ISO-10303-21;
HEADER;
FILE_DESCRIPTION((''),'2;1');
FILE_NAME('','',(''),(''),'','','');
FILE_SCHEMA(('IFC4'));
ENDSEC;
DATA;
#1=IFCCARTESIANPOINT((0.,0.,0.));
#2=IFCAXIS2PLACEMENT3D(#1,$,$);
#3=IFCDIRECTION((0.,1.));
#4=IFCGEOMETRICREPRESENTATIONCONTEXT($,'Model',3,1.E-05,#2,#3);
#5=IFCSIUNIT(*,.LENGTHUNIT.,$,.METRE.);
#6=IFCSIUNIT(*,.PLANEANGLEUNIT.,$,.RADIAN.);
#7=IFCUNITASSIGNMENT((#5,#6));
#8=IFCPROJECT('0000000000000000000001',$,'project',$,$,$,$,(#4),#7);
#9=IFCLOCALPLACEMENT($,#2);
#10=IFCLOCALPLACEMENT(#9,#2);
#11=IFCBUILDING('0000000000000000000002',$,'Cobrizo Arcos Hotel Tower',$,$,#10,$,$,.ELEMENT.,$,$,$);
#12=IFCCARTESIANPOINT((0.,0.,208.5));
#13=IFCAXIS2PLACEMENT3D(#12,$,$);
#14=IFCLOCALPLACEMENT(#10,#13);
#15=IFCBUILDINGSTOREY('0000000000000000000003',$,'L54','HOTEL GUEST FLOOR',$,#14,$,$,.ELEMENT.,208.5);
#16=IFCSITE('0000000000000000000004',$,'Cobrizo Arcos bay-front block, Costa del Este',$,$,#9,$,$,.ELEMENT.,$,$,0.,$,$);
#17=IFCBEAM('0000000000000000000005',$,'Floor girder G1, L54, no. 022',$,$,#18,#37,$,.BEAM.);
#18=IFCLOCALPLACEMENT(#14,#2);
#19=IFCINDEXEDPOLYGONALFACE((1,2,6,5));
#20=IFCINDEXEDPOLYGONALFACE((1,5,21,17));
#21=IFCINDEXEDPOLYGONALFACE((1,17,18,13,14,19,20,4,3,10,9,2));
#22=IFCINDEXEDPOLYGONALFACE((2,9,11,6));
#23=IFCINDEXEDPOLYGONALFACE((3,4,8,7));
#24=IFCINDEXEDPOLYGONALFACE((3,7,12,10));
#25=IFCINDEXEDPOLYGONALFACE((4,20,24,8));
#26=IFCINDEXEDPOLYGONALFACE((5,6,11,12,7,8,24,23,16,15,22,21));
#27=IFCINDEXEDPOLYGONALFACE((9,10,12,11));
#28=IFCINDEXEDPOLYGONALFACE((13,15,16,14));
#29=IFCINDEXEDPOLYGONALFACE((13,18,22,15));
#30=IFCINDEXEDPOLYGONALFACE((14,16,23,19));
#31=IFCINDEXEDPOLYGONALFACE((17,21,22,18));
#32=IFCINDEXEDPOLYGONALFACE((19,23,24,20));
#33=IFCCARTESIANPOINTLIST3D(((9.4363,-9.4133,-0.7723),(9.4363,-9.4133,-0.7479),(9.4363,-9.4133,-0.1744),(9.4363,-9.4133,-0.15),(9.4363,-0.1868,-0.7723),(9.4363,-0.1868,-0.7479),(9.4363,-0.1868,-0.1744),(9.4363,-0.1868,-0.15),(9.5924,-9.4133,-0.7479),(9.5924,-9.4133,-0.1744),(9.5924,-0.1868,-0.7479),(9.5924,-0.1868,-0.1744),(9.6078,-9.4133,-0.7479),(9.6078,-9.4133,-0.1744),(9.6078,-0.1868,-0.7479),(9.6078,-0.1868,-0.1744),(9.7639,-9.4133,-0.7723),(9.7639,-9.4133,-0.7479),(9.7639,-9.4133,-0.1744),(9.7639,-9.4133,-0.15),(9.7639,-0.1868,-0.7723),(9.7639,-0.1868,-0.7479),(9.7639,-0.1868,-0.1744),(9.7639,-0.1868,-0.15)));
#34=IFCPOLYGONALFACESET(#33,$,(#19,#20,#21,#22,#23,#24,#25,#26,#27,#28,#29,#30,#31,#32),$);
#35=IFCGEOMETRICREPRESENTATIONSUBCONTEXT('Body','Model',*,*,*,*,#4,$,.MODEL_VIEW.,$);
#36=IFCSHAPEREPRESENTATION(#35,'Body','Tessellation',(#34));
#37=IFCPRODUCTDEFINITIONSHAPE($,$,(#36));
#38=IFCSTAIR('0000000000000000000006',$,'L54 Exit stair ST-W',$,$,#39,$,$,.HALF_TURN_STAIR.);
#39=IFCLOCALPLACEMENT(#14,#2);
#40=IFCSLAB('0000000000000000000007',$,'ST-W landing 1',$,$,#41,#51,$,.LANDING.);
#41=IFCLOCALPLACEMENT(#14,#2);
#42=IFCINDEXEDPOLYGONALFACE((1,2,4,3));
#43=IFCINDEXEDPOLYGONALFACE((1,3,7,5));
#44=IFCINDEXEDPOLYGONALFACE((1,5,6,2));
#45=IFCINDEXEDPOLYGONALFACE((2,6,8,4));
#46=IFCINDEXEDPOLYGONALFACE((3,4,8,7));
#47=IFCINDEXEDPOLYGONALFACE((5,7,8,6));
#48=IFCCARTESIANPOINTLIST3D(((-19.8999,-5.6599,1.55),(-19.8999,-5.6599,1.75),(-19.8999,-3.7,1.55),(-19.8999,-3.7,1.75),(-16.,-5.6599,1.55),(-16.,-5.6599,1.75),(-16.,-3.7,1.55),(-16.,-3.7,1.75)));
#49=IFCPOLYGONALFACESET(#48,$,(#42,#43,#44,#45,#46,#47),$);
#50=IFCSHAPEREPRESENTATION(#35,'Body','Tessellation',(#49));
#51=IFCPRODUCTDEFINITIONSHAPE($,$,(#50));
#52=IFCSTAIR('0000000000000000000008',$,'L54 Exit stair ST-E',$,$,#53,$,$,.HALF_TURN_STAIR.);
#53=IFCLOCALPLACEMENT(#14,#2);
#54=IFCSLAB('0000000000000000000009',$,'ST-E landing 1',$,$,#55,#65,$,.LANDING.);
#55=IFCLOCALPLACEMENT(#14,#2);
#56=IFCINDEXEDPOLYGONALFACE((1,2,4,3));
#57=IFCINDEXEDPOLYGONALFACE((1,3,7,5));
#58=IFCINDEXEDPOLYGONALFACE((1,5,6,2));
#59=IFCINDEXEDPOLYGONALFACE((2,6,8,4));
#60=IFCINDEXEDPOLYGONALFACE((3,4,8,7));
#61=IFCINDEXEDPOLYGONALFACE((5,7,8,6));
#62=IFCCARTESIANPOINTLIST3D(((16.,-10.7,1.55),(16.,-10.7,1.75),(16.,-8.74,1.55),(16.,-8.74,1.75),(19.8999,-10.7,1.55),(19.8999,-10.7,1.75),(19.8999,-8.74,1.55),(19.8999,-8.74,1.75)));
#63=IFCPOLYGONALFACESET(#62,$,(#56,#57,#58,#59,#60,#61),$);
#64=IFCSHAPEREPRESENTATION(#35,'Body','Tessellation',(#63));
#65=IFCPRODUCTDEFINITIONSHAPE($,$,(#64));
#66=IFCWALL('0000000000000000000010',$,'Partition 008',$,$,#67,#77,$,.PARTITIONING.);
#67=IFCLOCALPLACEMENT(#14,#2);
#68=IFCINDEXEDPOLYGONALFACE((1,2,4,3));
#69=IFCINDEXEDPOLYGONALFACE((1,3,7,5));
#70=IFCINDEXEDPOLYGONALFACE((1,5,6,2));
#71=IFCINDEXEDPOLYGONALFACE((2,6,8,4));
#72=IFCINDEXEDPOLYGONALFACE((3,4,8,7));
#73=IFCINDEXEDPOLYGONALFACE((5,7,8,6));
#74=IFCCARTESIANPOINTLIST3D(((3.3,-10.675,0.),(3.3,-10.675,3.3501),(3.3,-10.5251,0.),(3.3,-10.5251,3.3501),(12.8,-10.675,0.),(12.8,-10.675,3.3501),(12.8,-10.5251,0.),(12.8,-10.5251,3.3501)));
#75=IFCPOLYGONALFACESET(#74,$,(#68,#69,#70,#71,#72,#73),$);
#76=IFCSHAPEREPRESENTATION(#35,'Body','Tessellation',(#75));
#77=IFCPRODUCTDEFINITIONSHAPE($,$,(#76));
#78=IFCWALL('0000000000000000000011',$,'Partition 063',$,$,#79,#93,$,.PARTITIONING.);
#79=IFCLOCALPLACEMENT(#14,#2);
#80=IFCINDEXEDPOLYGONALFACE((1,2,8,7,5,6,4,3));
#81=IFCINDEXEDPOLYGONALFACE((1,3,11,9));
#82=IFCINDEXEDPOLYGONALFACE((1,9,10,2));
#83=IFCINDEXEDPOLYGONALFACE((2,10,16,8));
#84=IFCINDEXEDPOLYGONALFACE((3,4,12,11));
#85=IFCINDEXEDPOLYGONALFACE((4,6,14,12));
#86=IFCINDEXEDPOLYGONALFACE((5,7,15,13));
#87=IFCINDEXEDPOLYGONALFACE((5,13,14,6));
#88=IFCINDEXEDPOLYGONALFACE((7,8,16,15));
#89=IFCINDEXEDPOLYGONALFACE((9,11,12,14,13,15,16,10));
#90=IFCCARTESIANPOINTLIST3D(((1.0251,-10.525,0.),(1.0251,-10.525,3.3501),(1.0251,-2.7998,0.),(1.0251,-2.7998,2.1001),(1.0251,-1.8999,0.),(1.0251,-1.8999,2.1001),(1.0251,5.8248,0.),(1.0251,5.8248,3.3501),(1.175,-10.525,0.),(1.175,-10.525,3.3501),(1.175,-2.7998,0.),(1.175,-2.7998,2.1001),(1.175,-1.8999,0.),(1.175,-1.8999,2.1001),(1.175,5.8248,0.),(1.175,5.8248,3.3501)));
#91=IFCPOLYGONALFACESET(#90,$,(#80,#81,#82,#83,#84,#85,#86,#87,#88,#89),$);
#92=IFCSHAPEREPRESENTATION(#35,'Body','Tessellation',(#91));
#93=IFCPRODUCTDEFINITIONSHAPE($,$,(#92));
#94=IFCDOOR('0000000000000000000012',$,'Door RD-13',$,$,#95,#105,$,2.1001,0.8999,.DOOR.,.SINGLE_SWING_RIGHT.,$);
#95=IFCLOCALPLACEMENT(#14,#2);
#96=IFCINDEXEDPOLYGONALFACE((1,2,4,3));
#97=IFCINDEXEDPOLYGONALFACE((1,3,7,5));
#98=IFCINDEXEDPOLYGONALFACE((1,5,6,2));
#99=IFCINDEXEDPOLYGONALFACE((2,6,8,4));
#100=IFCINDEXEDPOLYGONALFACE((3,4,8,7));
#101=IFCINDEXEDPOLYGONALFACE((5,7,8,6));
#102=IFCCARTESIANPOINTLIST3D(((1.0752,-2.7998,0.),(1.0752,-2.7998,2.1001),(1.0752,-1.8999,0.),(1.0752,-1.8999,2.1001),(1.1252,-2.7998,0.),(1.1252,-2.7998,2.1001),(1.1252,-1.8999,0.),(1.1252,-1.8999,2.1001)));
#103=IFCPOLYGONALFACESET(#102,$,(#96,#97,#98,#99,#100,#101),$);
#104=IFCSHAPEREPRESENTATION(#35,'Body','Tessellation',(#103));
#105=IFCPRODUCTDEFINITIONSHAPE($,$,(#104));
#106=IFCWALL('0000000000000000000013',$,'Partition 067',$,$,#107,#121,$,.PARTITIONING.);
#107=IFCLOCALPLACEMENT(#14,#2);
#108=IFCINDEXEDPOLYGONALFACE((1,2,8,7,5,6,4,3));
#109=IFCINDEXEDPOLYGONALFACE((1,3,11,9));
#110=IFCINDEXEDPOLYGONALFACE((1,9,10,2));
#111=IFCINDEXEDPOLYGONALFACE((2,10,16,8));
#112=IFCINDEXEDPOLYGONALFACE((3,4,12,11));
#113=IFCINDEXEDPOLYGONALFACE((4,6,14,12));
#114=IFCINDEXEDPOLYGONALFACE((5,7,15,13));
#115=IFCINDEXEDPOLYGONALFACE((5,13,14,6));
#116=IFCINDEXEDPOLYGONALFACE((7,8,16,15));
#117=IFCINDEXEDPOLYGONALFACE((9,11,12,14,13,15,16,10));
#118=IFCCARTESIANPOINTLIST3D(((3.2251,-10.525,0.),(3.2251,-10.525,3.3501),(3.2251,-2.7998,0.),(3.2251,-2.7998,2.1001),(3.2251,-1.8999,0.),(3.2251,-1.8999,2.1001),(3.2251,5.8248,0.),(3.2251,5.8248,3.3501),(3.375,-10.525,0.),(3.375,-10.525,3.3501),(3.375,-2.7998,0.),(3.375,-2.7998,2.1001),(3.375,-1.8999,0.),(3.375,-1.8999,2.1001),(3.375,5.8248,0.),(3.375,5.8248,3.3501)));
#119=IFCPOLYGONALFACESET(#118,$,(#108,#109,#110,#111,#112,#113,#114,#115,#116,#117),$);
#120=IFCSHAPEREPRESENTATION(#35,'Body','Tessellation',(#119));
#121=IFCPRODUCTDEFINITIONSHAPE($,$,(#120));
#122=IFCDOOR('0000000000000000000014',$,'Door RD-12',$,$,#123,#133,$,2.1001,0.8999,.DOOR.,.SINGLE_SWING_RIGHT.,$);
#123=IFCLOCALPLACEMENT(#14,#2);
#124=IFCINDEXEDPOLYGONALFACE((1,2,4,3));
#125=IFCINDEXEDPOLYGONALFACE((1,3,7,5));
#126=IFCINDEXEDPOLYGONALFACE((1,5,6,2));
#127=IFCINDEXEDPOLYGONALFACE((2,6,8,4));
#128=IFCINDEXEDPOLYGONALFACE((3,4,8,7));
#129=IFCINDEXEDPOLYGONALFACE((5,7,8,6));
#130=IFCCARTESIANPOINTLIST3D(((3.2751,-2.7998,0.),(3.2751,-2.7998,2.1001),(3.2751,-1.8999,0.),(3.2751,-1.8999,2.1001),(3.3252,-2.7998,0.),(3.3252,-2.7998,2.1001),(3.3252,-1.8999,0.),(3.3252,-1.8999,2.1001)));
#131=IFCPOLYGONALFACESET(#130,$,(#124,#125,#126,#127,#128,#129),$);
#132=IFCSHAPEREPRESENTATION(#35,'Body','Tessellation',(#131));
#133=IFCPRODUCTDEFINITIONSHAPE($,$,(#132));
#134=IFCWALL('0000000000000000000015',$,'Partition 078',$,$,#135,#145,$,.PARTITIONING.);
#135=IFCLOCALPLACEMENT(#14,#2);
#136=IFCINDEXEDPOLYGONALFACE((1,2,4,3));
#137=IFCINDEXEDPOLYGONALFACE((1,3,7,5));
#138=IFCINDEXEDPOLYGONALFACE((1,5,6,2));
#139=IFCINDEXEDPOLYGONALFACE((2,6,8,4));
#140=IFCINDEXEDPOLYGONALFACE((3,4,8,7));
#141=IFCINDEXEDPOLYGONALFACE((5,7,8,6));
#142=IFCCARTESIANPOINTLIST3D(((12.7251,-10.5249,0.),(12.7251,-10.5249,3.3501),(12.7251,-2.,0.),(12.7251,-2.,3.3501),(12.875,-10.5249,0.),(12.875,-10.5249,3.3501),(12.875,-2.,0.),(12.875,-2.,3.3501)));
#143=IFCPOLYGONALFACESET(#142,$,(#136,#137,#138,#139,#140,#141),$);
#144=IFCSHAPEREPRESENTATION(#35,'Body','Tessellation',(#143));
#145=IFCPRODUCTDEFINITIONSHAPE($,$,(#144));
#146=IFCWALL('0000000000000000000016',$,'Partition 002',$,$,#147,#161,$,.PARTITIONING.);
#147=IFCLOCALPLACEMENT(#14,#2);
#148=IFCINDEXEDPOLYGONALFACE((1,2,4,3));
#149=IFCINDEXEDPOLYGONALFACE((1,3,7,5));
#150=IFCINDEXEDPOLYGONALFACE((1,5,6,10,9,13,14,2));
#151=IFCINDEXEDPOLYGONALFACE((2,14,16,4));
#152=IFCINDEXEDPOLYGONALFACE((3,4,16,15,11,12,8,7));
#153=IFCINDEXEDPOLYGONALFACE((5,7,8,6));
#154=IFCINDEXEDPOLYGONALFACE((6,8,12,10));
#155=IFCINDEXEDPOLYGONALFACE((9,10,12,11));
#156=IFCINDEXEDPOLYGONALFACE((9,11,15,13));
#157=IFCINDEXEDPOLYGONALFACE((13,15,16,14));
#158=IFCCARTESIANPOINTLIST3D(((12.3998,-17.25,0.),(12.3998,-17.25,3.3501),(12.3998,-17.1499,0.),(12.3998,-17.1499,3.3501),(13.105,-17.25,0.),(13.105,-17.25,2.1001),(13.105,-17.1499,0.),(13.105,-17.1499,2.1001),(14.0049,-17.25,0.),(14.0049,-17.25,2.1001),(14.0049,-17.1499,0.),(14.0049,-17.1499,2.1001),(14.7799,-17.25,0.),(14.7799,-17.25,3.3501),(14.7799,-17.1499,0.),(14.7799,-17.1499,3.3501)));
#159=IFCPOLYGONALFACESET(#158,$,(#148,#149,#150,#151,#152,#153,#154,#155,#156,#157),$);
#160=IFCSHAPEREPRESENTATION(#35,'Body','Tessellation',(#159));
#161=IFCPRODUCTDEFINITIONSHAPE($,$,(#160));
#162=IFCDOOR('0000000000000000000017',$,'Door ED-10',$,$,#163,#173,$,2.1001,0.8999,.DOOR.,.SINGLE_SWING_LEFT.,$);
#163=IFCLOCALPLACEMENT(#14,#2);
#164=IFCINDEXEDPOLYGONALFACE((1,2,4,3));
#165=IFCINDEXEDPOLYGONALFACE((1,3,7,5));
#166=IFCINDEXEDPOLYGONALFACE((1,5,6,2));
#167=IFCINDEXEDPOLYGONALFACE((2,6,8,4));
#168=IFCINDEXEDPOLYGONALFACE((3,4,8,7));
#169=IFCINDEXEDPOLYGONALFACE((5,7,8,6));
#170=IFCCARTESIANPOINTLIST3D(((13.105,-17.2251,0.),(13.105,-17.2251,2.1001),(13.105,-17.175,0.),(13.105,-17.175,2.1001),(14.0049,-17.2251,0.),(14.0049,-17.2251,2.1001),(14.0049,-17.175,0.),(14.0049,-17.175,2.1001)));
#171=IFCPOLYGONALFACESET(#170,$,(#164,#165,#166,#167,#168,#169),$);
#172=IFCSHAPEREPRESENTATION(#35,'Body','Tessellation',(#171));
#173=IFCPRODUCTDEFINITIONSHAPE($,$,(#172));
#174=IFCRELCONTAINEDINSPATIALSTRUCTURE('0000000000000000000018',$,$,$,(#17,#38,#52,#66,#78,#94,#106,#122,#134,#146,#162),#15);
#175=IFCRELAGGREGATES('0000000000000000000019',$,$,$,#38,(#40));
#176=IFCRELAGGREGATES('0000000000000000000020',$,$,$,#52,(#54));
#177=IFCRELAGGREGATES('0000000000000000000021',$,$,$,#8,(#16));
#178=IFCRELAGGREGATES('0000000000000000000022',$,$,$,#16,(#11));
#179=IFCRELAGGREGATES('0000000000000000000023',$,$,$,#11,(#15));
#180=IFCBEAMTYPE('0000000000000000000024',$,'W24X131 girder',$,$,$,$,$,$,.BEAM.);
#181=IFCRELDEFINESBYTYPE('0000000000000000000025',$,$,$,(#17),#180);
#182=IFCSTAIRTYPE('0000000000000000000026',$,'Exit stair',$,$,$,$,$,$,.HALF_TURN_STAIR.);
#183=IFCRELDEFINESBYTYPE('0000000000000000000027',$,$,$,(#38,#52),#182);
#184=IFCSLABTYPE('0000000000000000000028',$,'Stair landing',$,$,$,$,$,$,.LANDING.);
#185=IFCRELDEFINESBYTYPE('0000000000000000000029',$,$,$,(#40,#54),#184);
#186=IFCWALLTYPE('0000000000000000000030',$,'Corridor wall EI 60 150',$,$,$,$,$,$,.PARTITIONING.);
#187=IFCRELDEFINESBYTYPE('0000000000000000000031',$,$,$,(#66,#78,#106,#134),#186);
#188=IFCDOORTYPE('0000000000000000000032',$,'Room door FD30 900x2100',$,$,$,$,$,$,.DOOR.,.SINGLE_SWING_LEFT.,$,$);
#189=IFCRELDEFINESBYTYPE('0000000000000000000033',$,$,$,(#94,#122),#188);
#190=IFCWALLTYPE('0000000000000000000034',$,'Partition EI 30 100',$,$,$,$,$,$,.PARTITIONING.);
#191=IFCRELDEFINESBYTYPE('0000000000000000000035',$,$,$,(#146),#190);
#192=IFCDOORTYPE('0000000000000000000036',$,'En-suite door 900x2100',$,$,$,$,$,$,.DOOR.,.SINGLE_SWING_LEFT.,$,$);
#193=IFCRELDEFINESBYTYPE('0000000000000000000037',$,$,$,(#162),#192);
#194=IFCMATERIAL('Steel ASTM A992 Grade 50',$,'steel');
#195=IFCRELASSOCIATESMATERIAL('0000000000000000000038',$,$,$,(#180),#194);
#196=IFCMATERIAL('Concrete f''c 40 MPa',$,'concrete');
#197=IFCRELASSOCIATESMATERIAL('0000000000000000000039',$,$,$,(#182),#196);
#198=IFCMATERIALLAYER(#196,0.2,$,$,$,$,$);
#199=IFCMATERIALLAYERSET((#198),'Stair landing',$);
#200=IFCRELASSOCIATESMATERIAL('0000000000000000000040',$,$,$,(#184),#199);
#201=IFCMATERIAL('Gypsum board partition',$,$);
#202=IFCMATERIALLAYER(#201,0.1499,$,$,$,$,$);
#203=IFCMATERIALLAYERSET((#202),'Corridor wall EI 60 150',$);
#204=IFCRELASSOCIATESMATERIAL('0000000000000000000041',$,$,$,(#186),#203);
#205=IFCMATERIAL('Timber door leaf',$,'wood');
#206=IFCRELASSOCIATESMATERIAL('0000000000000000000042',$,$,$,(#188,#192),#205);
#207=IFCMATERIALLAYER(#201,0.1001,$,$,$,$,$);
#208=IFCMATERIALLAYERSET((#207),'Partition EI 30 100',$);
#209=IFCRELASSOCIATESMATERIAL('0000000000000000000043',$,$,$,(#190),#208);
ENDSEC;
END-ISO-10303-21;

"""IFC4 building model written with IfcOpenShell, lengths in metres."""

from ifc_helpers import new_model, si_unit, direction, frame, frame_2d, origin, origin_2d, place, context, subcontext, project, spatial, polyline, rectangle, i_section, outline, extrude, material, layer, layer_set, material_profile, profile_set, type_object, element, fill, aggregate, save


model = new_model("IFC4")

# Units and contexts
model_context = context("Model", 3, precision=1e-05, world=origin(), true_north=direction((0.0, 1.0)))
body_context = subcontext(model_context, "Body", "Model", "MODEL_VIEW")
ifc_project = project(units=[si_unit("LENGTHUNIT", "METRE"), si_unit("PLANEANGLEUNIT", "RADIAN")], contexts=[model_context])

# Site, building, storey
site_placement = place(None, origin())
site = spatial("IfcSite", under=ifc_project, at=site_placement, Name="Cobrizo Arcos bay-front block, Costa del Este", CompositionType="ELEMENT", RefElevation=0.0)
building_placement = place(site_placement, origin())
building = spatial("IfcBuilding", under=site, at=building_placement, Name="Cobrizo Arcos Hotel Tower", CompositionType="ELEMENT")
storey_placement = place(building_placement, frame((0.0, 0.0, 208.5)))
storey = spatial("IfcBuildingStorey", under=building, at=storey_placement, Name="L54", Description="HOTEL GUEST FLOOR", CompositionType="ELEMENT", Elevation=208.5)

# Shared definitions
ifc_material_1 = material(Name="Steel ASTM A992 Grade 50", Category="steel")

# Beam
ifc_material_profile_1 = material_profile(ifc_material_1, i_section(OverallWidth=0.3276, OverallDepth=0.6223, WebThickness=0.0154, FlangeThickness=0.0244, at=origin_2d()), Name="W24X131")
ifc_profile_set_1 = profile_set([ifc_material_profile_1], Name="Steel ASTM A992 Grade 50")
beam_type_1 = type_object("IfcBeamType", Name="W24X131 girder", PredefinedType="BEAM", material=ifc_profile_set_1)
beam_1_placement = place(storey_placement, frame((9.6001, -9.4133, -0.4612), z_axis=(0.0, 1.0, 0.0), x_axis=(-1.0, 0.0, 0.0)))
element("IfcBeam", 1, at=beam_1_placement, inside=storey, type_object=beam_type_1, Name="Floor girder G1, L54, no. 022", PredefinedType="BEAM", context=body_context, shape_type="SweptSolid", body=[
    extrude(i_section(OverallWidth=0.3276, OverallDepth=0.6223, WebThickness=0.0154, FlangeThickness=0.0244, at=origin_2d()), origin(), (0.0, 0.0, 1.0), 9.2266),
])

# Stairs, slabs
ifc_material_2 = material(Name="Concrete f'c 40 MPa", Category="concrete")
stair_type = type_object("IfcStairType", Name="Exit stair", PredefinedType="HALF_TURN_STAIR", material=ifc_material_2)
stair_1_placement = place(storey_placement, origin())
stair_1 = element("IfcStair", 2, at=stair_1_placement, inside=storey, type_object=stair_type, Name="L54 Exit stair ST-W", PredefinedType="HALF_TURN_STAIR")
ifc_layer_1 = layer(ifc_material_2, 0.2)
ifc_layer_set_1 = layer_set([ifc_layer_1], Name="Stair landing")
slab_type = type_object("IfcSlabType", Name="Stair landing", PredefinedType="LANDING", material=ifc_layer_set_1)
slab_1_placement = place(storey_placement, frame((0.0, 0.0, 1.55)))
slab_1 = element("IfcSlab", 3, at=slab_1_placement, type_object=slab_type, Name="ST-W landing 1", PredefinedType="LANDING", context=body_context, shape_type="SweptSolid", body=[
    extrude(outline(polyline([(-16.0, -5.6599), (-16.0, -3.7), (-19.8999, -3.7), (-19.8999, -5.6599), (-16.0, -5.6599)])), origin(), (0.0, 0.0, 1.0), 0.2),
])
aggregate(stair_1, [slab_1])
stair_2_placement = place(storey_placement, origin())
stair_2 = element("IfcStair", 4, at=stair_2_placement, inside=storey, type_object=stair_type, Name="L54 Exit stair ST-E", PredefinedType="HALF_TURN_STAIR")
slab_2_placement = place(storey_placement, frame((0.0, 0.0, 1.55)))
slab_2 = element("IfcSlab", 5, at=slab_2_placement, type_object=slab_type, Name="ST-E landing 1", PredefinedType="LANDING", context=body_context, shape_type="SweptSolid", body=[
    extrude(outline(polyline([(16.0, -8.74), (16.0, -10.7), (19.8999, -10.7), (19.8999, -8.74), (16.0, -8.74)])), origin(), (0.0, 0.0, 1.0), 0.2),
])
aggregate(stair_2, [slab_2])

# Wall
ifc_material_3 = material(Name="Gypsum board partition")
ifc_layer_2 = layer(ifc_material_3, 0.1499)
ifc_layer_set_2 = layer_set([ifc_layer_2], Name="Corridor wall EI 60 150")
wall_type_1 = type_object("IfcWallType", Name="Corridor wall EI 60 150", PredefinedType="PARTITIONING", material=ifc_layer_set_2)
wall_1_placement = place(storey_placement, frame((3.3, -10.6001, 0.0), z_axis=(0.0, 0.0, 1.0), x_axis=(1.0, 0.0, 0.0)))
element("IfcWall", 6, at=wall_1_placement, inside=storey, type_object=wall_type_1, Name="Partition 008", PredefinedType="PARTITIONING", context=body_context, shape_type="SweptSolid", body=[
    extrude(rectangle(XDim=9.5, YDim=0.1499, at=frame_2d((4.75, 0.0))), origin(), (0.0, 0.0, 1.0), 3.3501),
])

# Walls, openings, doors
wall_2_placement = place(storey_placement, frame((1.1001, -10.5249, 0.0), z_axis=(0.0, 0.0, 1.0), x_axis=(0.0, 1.0, 0.0)))
wall_2 = element("IfcWall", 7, at=wall_2_placement, inside=storey, type_object=wall_type_1, Name="Partition 063", PredefinedType="PARTITIONING", context=body_context, shape_type="SweptSolid", body=[
    extrude(rectangle(XDim=16.3499, YDim=0.1499, at=frame_2d((8.1748, 0.0))), origin(), (0.0, 0.0, 1.0), 3.3501),
])
opening_1_placement = place(wall_2_placement, frame((7.7251, 0.0, 0.0)))
opening_1 = element("IfcOpeningElement", 8, at=opening_1_placement, cuts=wall_2, PredefinedType="OPENING", context=body_context, shape_type="SweptSolid", body=[
    extrude(rectangle(XDim=0.8999, YDim=2.1001, at=frame_2d((0.45, 1.05))), frame((0.0, 0.0869, 0.0), z_axis=(0.0, -1.0, 0.0), x_axis=(1.0, 0.0, 0.0)), (0.0, 0.0, 1.0), 0.1738),
])
ifc_material_4 = material(Name="Timber door leaf", Category="wood")
door_type_1 = type_object("IfcDoorType", Name="Room door FD30 900x2100", OperationType="SINGLE_SWING_LEFT", PredefinedType="DOOR", material=ifc_material_4)
door_1_placement = place(opening_1_placement, origin())
door_1 = element("IfcDoor", 9, at=door_1_placement, inside=storey, type_object=door_type_1, Name="Door RD-13", OperationType="SINGLE_SWING_RIGHT", OverallHeight=2.1001, OverallWidth=0.8999, PredefinedType="DOOR", context=body_context, shape_type="SweptSolid", body=[
    extrude(rectangle(XDim=0.8999, YDim=2.1001, at=frame_2d((0.45, 1.05))), frame((0.0, 0.0249, 0.0), z_axis=(0.0, -1.0, 0.0), x_axis=(1.0, 0.0, 0.0)), (0.0, 0.0, 1.0), 0.05),
])
fill(opening_1, door_1)
wall_3_placement = place(storey_placement, frame((3.3, -10.5249, 0.0), z_axis=(0.0, 0.0, 1.0), x_axis=(0.0, 1.0, 0.0)))
wall_3 = element("IfcWall", 10, at=wall_3_placement, inside=storey, type_object=wall_type_1, Name="Partition 067", PredefinedType="PARTITIONING", context=body_context, shape_type="SweptSolid", body=[
    extrude(rectangle(XDim=16.3499, YDim=0.1499, at=frame_2d((8.1748, 0.0))), origin(), (0.0, 0.0, 1.0), 3.3501),
])
opening_2_placement = place(wall_3_placement, frame((7.7251, 0.0, 0.0)))
opening_2 = element("IfcOpeningElement", 11, at=opening_2_placement, cuts=wall_3, PredefinedType="OPENING", context=body_context, shape_type="SweptSolid", body=[
    extrude(rectangle(XDim=0.8999, YDim=2.1001, at=frame_2d((0.45, 1.05))), frame((0.0, 0.0869, 0.0), z_axis=(0.0, -1.0, 0.0), x_axis=(1.0, 0.0, 0.0)), (0.0, 0.0, 1.0), 0.1738),
])
door_2_placement = place(opening_2_placement, origin())
door_2 = element("IfcDoor", 12, at=door_2_placement, inside=storey, type_object=door_type_1, Name="Door RD-12", OperationType="SINGLE_SWING_RIGHT", OverallHeight=2.1001, OverallWidth=0.8999, PredefinedType="DOOR", context=body_context, shape_type="SweptSolid", body=[
    extrude(rectangle(XDim=0.8999, YDim=2.1001, at=frame_2d((0.45, 1.05))), frame((0.0, 0.0249, 0.0), z_axis=(0.0, -1.0, 0.0), x_axis=(1.0, 0.0, 0.0)), (0.0, 0.0, 1.0), 0.05),
])
fill(opening_2, door_2)

# Wall
wall_4_placement = place(storey_placement, frame((12.8, -10.5249, 0.0), z_axis=(0.0, 0.0, 1.0), x_axis=(0.0, 1.0, 0.0)))
element("IfcWall", 13, at=wall_4_placement, inside=storey, type_object=wall_type_1, Name="Partition 078", PredefinedType="PARTITIONING", context=body_context, shape_type="SweptSolid", body=[
    extrude(rectangle(XDim=8.5249, YDim=0.1499, at=frame_2d((4.2625, 0.0))), origin(), (0.0, 0.0, 1.0), 3.3501),
])

# Wall, opening, door
ifc_layer_3 = layer(ifc_material_3, 0.1001)
ifc_layer_set_3 = layer_set([ifc_layer_3], Name="Partition EI 30 100")
wall_type_2 = type_object("IfcWallType", Name="Partition EI 30 100", PredefinedType="PARTITIONING", material=ifc_layer_set_3)
wall_5_placement = place(storey_placement, frame((12.3999, -17.2, 0.0), z_axis=(0.0, 0.0, 1.0), x_axis=(1.0, 0.0, 0.0)))
wall_5 = element("IfcWall", 14, at=wall_5_placement, inside=storey, type_object=wall_type_2, Name="Partition 002", PredefinedType="PARTITIONING", context=body_context, shape_type="SweptSolid", body=[
    extrude(rectangle(XDim=2.3801, YDim=0.1001, at=frame_2d((1.1899, 0.0))), origin(), (0.0, 0.0, 1.0), 3.3501),
])
opening_3_placement = place(wall_5_placement, frame((0.7051, 0.0, 0.0)))
opening_3 = element("IfcOpeningElement", 15, at=opening_3_placement, cuts=wall_5, PredefinedType="OPENING", context=body_context, shape_type="SweptSolid", body=[
    extrude(rectangle(XDim=0.8999, YDim=2.1001, at=frame_2d((0.45, 1.05))), frame((0.0, 0.062, 0.0), z_axis=(0.0, -1.0, 0.0), x_axis=(1.0, 0.0, 0.0)), (0.0, 0.0, 1.0), 0.124),
])
door_type_2 = type_object("IfcDoorType", Name="En-suite door 900x2100", OperationType="SINGLE_SWING_LEFT", PredefinedType="DOOR", material=ifc_material_4)
door_3_placement = place(opening_3_placement, origin())
door_3 = element("IfcDoor", 16, at=door_3_placement, inside=storey, type_object=door_type_2, Name="Door ED-10", OperationType="SINGLE_SWING_LEFT", OverallHeight=2.1001, OverallWidth=0.8999, PredefinedType="DOOR", context=body_context, shape_type="SweptSolid", body=[
    extrude(rectangle(XDim=0.8999, YDim=2.1001, at=frame_2d((0.45, 1.05))), frame((0.0, 0.0249, 0.0), z_axis=(0.0, -1.0, 0.0), x_axis=(1.0, 0.0, 0.0)), (0.0, 0.0, 1.0), 0.05),
])
fill(opening_3, door_3)

save(model, "model.ifc")
